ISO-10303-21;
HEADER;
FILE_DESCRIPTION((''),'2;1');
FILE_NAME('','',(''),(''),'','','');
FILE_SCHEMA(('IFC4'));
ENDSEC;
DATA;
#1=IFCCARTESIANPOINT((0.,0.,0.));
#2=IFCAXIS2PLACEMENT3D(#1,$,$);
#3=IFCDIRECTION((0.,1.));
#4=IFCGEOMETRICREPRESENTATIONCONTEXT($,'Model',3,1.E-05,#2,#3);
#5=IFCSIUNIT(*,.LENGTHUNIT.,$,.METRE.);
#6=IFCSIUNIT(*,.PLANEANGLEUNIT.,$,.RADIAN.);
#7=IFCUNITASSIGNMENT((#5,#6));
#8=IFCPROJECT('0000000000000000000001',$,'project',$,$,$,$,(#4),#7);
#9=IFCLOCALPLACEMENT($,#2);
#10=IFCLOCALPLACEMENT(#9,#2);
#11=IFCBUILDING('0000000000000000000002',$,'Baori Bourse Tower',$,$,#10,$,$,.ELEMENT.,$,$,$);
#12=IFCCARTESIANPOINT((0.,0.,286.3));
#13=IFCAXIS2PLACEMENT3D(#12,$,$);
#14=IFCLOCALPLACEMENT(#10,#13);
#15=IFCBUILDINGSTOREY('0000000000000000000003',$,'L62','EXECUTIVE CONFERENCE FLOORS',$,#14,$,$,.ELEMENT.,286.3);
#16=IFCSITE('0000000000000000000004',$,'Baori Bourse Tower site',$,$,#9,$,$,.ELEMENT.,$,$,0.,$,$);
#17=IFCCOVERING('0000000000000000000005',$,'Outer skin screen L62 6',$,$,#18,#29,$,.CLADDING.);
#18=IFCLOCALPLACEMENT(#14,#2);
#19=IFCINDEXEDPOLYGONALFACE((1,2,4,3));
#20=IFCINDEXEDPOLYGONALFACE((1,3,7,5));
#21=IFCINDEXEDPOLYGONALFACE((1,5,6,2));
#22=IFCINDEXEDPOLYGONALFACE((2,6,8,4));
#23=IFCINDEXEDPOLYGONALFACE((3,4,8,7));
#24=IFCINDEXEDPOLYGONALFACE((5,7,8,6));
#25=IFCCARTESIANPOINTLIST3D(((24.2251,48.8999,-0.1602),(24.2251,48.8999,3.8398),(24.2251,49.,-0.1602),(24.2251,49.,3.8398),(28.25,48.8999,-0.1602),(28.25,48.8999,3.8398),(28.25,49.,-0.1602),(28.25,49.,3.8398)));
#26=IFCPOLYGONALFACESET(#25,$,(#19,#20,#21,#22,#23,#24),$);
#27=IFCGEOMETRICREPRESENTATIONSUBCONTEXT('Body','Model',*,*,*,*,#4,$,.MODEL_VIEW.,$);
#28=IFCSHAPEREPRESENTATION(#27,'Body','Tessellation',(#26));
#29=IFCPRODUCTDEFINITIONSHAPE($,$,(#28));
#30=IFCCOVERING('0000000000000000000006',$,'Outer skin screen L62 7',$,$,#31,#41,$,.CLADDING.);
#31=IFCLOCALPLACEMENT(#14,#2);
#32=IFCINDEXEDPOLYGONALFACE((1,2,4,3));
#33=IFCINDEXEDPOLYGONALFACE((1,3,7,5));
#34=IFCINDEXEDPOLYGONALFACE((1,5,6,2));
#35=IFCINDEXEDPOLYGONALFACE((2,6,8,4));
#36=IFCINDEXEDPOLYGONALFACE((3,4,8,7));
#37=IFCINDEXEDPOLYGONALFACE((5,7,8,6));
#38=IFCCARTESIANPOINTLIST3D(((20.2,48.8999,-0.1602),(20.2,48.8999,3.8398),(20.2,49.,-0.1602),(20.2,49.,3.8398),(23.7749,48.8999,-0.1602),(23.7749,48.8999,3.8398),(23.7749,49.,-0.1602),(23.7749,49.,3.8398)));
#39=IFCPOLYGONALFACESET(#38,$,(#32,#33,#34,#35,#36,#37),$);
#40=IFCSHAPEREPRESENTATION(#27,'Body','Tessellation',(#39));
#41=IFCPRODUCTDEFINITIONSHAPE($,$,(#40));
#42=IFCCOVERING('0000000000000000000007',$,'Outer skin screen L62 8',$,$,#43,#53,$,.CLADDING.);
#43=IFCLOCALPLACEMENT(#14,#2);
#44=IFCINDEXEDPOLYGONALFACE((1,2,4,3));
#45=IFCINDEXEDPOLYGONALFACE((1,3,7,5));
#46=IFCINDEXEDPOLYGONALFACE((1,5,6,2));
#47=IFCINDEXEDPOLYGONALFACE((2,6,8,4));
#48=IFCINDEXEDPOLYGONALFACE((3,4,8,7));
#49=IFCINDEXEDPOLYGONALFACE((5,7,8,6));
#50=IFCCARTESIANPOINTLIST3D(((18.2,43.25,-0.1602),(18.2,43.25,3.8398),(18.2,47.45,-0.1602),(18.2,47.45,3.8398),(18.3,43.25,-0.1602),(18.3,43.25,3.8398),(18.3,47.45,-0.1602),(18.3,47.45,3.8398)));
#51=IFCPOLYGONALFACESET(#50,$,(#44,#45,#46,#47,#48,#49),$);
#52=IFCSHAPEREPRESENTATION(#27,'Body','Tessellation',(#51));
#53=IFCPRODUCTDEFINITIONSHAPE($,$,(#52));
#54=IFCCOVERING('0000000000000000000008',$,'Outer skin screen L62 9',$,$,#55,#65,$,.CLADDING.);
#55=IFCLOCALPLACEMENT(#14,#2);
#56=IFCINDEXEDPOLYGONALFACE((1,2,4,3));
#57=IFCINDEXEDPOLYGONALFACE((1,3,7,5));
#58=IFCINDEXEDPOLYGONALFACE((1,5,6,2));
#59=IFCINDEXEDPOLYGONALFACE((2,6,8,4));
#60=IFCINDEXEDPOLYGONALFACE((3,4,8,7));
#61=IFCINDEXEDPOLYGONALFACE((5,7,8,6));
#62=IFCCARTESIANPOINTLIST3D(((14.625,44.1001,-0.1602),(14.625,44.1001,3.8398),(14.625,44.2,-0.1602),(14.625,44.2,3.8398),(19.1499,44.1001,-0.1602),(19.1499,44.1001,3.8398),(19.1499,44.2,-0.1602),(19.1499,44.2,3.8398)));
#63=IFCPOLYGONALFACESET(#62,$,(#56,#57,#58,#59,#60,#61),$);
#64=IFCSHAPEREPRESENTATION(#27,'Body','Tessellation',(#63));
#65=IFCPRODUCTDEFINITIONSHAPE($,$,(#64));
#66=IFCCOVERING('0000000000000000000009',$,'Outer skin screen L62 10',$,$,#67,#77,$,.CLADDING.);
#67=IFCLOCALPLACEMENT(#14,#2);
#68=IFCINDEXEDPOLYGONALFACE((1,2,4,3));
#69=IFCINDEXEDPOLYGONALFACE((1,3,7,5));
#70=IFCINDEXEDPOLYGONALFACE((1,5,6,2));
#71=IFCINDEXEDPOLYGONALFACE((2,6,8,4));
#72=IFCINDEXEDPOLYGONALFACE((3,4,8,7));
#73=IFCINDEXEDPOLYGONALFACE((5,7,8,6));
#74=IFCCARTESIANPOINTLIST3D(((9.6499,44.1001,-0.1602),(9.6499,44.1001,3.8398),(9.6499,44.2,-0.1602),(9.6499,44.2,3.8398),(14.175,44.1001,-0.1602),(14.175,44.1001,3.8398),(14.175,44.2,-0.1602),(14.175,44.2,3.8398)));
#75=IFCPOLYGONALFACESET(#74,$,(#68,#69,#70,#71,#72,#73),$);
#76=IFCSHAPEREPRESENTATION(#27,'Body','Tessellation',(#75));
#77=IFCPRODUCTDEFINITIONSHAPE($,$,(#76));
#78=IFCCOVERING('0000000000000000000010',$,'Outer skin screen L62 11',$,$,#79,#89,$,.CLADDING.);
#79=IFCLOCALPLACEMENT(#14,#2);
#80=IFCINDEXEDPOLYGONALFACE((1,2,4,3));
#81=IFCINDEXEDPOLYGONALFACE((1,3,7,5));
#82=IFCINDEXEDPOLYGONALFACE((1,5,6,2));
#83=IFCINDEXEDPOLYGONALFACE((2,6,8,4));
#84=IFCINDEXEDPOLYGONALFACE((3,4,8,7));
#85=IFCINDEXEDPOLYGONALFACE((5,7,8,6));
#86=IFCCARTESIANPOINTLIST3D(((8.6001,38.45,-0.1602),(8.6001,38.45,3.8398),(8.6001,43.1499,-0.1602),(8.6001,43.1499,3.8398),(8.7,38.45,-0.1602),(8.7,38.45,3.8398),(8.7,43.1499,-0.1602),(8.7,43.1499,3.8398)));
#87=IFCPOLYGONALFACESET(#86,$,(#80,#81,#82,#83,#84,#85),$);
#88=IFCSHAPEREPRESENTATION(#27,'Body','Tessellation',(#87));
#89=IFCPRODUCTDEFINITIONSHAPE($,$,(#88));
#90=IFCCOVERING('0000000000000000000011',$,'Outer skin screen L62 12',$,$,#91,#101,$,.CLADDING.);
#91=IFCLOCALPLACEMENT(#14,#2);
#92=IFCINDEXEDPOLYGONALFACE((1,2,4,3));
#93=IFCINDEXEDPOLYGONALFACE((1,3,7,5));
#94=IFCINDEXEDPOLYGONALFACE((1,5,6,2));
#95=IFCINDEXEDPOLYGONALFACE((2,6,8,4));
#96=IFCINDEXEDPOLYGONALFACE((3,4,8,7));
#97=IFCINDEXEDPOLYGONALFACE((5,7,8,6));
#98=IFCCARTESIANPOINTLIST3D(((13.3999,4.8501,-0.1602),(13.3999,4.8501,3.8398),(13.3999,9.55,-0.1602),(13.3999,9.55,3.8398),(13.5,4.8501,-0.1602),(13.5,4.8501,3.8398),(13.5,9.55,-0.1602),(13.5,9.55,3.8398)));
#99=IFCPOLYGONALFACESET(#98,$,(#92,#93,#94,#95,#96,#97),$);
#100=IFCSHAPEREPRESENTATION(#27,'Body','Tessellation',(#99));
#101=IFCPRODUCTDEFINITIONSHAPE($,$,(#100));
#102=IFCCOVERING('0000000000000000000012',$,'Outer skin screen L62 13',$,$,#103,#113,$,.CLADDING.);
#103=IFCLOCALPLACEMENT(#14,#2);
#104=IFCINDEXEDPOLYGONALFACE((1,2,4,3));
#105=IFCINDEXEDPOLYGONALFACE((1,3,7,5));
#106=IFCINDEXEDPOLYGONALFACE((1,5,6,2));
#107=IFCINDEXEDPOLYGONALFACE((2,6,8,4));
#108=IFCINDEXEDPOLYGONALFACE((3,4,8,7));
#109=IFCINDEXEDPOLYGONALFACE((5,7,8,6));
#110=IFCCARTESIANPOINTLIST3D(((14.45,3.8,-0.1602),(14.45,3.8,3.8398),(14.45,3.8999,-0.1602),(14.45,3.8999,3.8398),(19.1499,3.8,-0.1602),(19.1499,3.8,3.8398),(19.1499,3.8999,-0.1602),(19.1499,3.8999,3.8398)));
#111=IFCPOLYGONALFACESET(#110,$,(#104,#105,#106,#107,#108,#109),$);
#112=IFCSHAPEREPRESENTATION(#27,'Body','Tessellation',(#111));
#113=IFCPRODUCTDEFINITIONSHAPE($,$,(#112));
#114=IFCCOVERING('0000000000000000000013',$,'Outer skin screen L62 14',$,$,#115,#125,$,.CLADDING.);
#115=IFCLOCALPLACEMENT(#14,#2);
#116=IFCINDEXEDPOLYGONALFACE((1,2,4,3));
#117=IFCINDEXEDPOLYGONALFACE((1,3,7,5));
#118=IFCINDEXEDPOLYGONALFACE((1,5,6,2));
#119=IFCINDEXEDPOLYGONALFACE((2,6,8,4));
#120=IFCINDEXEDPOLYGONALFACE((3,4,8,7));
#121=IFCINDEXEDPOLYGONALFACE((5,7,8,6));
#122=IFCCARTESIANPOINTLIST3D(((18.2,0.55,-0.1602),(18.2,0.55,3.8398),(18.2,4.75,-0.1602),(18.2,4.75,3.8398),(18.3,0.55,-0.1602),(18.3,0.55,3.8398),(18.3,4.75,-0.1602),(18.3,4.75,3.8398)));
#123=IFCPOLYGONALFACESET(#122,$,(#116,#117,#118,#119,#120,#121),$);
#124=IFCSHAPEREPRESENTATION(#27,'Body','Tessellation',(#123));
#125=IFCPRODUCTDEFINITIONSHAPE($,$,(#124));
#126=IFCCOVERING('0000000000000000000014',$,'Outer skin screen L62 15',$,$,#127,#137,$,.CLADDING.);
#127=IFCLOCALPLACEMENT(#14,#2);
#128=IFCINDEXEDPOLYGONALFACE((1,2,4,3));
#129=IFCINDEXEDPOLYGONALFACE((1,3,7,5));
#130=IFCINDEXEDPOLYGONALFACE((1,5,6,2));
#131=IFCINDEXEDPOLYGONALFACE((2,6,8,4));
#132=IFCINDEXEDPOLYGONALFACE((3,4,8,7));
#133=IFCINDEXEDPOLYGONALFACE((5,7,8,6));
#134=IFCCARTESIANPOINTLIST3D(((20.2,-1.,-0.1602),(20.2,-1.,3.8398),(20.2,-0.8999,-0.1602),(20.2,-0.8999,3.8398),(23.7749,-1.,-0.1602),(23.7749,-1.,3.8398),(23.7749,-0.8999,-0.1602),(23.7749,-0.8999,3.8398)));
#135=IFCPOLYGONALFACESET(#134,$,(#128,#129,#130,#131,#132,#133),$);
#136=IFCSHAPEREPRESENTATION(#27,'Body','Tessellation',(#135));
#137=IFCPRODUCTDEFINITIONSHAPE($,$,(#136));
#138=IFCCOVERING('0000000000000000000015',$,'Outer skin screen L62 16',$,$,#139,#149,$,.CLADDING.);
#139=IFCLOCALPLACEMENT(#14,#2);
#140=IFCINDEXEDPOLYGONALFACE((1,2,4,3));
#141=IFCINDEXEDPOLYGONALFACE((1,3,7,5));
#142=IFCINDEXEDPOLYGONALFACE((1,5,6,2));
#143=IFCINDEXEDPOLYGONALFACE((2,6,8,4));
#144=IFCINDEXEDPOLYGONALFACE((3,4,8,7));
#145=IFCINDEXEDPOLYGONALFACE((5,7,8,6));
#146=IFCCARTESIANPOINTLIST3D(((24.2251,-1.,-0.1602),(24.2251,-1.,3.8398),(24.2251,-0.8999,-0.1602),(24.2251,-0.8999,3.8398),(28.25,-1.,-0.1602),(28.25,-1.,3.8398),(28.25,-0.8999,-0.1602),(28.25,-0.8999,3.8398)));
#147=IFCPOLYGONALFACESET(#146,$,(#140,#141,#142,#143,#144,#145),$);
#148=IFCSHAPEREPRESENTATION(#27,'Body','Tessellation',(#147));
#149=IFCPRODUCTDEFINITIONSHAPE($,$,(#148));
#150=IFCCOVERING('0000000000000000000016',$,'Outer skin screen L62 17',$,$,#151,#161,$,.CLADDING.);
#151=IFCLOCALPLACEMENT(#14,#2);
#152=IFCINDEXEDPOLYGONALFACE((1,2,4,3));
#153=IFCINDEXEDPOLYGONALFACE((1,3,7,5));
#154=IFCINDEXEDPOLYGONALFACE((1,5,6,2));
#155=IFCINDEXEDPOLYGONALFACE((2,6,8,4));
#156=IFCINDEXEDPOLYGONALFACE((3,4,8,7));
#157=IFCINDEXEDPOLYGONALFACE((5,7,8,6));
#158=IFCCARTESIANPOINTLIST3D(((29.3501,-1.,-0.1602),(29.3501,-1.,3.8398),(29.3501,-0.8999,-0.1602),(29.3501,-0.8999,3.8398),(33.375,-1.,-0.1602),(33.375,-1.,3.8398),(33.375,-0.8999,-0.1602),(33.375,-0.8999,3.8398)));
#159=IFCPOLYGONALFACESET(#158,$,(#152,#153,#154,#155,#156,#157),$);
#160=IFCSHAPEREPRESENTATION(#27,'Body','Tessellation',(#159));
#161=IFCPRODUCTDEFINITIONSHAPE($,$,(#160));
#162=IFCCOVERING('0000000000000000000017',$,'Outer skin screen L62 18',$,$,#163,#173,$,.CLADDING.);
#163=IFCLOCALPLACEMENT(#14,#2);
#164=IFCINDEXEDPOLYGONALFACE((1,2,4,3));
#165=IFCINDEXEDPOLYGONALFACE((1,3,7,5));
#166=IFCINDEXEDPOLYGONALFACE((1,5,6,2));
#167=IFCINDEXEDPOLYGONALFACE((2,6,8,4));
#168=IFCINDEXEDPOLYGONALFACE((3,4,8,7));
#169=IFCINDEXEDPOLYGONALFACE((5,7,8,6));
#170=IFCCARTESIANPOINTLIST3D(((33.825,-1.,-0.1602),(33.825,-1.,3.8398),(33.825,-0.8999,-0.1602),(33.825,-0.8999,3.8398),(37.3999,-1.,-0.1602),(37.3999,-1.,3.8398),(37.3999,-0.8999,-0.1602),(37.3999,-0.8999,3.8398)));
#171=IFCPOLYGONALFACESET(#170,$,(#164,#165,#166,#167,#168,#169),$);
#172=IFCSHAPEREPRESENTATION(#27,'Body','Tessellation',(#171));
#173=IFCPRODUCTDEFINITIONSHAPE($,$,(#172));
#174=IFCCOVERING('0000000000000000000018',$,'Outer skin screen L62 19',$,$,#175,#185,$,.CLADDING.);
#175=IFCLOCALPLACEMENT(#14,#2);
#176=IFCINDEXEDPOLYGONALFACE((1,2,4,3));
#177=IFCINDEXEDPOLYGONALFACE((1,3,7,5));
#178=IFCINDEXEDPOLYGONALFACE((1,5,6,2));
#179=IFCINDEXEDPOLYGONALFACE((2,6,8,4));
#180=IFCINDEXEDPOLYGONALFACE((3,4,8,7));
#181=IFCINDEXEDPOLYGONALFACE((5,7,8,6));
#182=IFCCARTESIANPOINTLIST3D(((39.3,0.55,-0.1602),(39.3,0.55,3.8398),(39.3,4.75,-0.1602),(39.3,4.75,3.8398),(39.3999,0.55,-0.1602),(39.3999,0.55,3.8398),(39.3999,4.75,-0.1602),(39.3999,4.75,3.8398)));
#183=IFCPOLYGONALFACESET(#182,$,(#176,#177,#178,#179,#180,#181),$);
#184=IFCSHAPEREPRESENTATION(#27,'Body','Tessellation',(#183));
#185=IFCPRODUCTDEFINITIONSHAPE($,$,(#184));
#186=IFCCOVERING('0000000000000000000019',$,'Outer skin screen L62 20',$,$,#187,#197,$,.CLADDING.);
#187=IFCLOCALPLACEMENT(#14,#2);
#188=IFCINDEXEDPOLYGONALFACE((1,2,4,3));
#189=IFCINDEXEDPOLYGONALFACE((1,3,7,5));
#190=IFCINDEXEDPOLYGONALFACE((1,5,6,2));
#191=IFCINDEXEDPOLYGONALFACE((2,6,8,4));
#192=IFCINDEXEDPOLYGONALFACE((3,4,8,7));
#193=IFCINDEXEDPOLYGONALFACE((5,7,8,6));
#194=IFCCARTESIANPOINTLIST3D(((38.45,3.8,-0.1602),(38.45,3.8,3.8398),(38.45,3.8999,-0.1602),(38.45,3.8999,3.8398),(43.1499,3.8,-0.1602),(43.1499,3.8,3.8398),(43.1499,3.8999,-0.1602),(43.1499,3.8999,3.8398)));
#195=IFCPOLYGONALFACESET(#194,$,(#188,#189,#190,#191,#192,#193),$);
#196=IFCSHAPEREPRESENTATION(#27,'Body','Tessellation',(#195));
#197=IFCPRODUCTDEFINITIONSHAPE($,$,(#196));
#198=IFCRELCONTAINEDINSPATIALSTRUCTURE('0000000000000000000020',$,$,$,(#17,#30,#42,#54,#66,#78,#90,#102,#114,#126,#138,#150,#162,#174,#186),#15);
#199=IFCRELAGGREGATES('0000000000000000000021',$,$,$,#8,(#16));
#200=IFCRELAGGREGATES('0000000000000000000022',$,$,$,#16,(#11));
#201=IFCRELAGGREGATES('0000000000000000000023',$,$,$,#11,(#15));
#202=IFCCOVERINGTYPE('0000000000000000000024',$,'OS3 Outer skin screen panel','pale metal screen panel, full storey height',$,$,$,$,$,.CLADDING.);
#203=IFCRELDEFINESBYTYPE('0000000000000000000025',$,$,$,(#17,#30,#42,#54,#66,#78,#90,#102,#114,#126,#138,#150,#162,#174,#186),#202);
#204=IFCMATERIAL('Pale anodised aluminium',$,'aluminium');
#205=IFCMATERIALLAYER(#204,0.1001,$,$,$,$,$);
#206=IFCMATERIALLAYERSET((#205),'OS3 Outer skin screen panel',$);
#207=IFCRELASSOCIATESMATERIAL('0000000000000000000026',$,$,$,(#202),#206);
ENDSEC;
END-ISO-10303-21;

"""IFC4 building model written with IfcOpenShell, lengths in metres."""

from ifc_helpers import new_model, si_unit, direction, frame, origin, place, context, subcontext, project, spatial, polyline, outline, extrude, material, layer, layer_set, type_object, element, save


model = new_model("IFC4")

# Units and contexts
model_context = context("Model", 3, precision=1e-05, world=origin(), true_north=direction((0.0, 1.0)))
body_context = subcontext(model_context, "Body", "Model", "MODEL_VIEW")
ifc_project = project(units=[si_unit("LENGTHUNIT", "METRE"), si_unit("PLANEANGLEUNIT", "RADIAN")], contexts=[model_context])

# Site, building, storey
site_placement = place(None, origin())
site = spatial("IfcSite", under=ifc_project, at=site_placement, Name="Baori Bourse Tower site", CompositionType="ELEMENT", RefElevation=0.0)
building_placement = place(site_placement, origin())
building = spatial("IfcBuilding", under=site, at=building_placement, Name="Baori Bourse Tower", CompositionType="ELEMENT")
storey_placement = place(building_placement, frame((0.0, 0.0, 286.3)))
storey = spatial("IfcBuildingStorey", under=building, at=storey_placement, Name="L62", Description="EXECUTIVE CONFERENCE FLOORS", CompositionType="ELEMENT", Elevation=286.3)

# Coverings
ifc_material_1 = material(Name="Pale anodised aluminium", Category="aluminium")
ifc_layer_1 = layer(ifc_material_1, 0.1001)
ifc_layer_set_1 = layer_set([ifc_layer_1], Name="OS3 Outer skin screen panel")
covering_type = type_object("IfcCoveringType", Name="OS3 Outer skin screen panel", Description="pale metal screen panel, full storey height", PredefinedType="CLADDING", material=ifc_layer_set_1)
covering_1_placement = place(storey_placement, frame((0.0, 0.0, -0.1602)))
element("IfcCovering", 1, at=covering_1_placement, inside=storey, type_object=covering_type, Name="Outer skin screen L62 6", PredefinedType="CLADDING", context=body_context, shape_type="SweptSolid", body=[
    extrude(outline(polyline([(24.2251, 48.8999), (28.25, 48.8999), (28.25, 49.0), (24.2251, 49.0), (24.2251, 48.8999)])), origin(), (0.0, 0.0, 1.0), 4.0),
])
covering_2_placement = place(storey_placement, frame((0.0, 0.0, -0.1602)))
element("IfcCovering", 2, at=covering_2_placement, inside=storey, type_object=covering_type, Name="Outer skin screen L62 7", PredefinedType="CLADDING", context=body_context, shape_type="SweptSolid", body=[
    extrude(outline(polyline([(20.2, 48.8999), (23.7749, 48.8999), (23.7749, 49.0), (20.2, 49.0), (20.2, 48.8999)])), origin(), (0.0, 0.0, 1.0), 4.0),
])
covering_3_placement = place(storey_placement, frame((0.0, 0.0, -0.1602)))
element("IfcCovering", 3, at=covering_3_placement, inside=storey, type_object=covering_type, Name="Outer skin screen L62 8", PredefinedType="CLADDING", context=body_context, shape_type="SweptSolid", body=[
    extrude(outline(polyline([(18.3, 43.25), (18.3, 47.45), (18.2, 47.45), (18.2, 43.25), (18.3, 43.25)])), origin(), (0.0, 0.0, 1.0), 4.0),
])
covering_4_placement = place(storey_placement, frame((0.0, 0.0, -0.1602)))
element("IfcCovering", 4, at=covering_4_placement, inside=storey, type_object=covering_type, Name="Outer skin screen L62 9", PredefinedType="CLADDING", context=body_context, shape_type="SweptSolid", body=[
    extrude(outline(polyline([(14.625, 44.1001), (19.1499, 44.1001), (19.1499, 44.2), (14.625, 44.2), (14.625, 44.1001)])), origin(), (0.0, 0.0, 1.0), 4.0),
])
covering_5_placement = place(storey_placement, frame((0.0, 0.0, -0.1602)))
element("IfcCovering", 5, at=covering_5_placement, inside=storey, type_object=covering_type, Name="Outer skin screen L62 10", PredefinedType="CLADDING", context=body_context, shape_type="SweptSolid", body=[
    extrude(outline(polyline([(9.6499, 44.1001), (14.175, 44.1001), (14.175, 44.2), (9.6499, 44.2), (9.6499, 44.1001)])), origin(), (0.0, 0.0, 1.0), 4.0),
])
covering_6_placement = place(storey_placement, frame((0.0, 0.0, -0.1602)))
element("IfcCovering", 6, at=covering_6_placement, inside=storey, type_object=covering_type, Name="Outer skin screen L62 11", PredefinedType="CLADDING", context=body_context, shape_type="SweptSolid", body=[
    extrude(outline(polyline([(8.7, 38.45), (8.7, 43.1499), (8.6001, 43.1499), (8.6001, 38.45), (8.7, 38.45)])), origin(), (0.0, 0.0, 1.0), 4.0),
])
covering_7_placement = place(storey_placement, frame((0.0, 0.0, -0.1602)))
element("IfcCovering", 7, at=covering_7_placement, inside=storey, type_object=covering_type, Name="Outer skin screen L62 12", PredefinedType="CLADDING", context=body_context, shape_type="SweptSolid", body=[
    extrude(outline(polyline([(13.5, 4.8501), (13.5, 9.55), (13.3999, 9.55), (13.3999, 4.8501), (13.5, 4.8501)])), origin(), (0.0, 0.0, 1.0), 4.0),
])
covering_8_placement = place(storey_placement, frame((0.0, 0.0, -0.1602)))
element("IfcCovering", 8, at=covering_8_placement, inside=storey, type_object=covering_type, Name="Outer skin screen L62 13", PredefinedType="CLADDING", context=body_context, shape_type="SweptSolid", body=[
    extrude(outline(polyline([(19.1499, 3.8999), (14.45, 3.8999), (14.45, 3.8), (19.1499, 3.8), (19.1499, 3.8999)])), origin(), (0.0, 0.0, 1.0), 4.0),
])
covering_9_placement = place(storey_placement, frame((0.0, 0.0, -0.1602)))
element("IfcCovering", 9, at=covering_9_placement, inside=storey, type_object=covering_type, Name="Outer skin screen L62 14", PredefinedType="CLADDING", context=body_context, shape_type="SweptSolid", body=[
    extrude(outline(polyline([(18.3, 0.55), (18.3, 4.75), (18.2, 4.75), (18.2, 0.55), (18.3, 0.55)])), origin(), (0.0, 0.0, 1.0), 4.0),
])
covering_10_placement = place(storey_placement, frame((0.0, 0.0, -0.1602)))
element("IfcCovering", 10, at=covering_10_placement, inside=storey, type_object=covering_type, Name="Outer skin screen L62 15", PredefinedType="CLADDING", context=body_context, shape_type="SweptSolid", body=[
    extrude(outline(polyline([(23.7749, -0.8999), (20.2, -0.8999), (20.2, -1.0), (23.7749, -1.0), (23.7749, -0.8999)])), origin(), (0.0, 0.0, 1.0), 4.0),
])
covering_11_placement = place(storey_placement, frame((0.0, 0.0, -0.1602)))
element("IfcCovering", 11, at=covering_11_placement, inside=storey, type_object=covering_type, Name="Outer skin screen L62 16", PredefinedType="CLADDING", context=body_context, shape_type="SweptSolid", body=[
    extrude(outline(polyline([(28.25, -0.8999), (24.2251, -0.8999), (24.2251, -1.0), (28.25, -1.0), (28.25, -0.8999)])), origin(), (0.0, 0.0, 1.0), 4.0),
])
covering_12_placement = place(storey_placement, frame((0.0, 0.0, -0.1602)))
element("IfcCovering", 12, at=covering_12_placement, inside=storey, type_object=covering_type, Name="Outer skin screen L62 17", PredefinedType="CLADDING", context=body_context, shape_type="SweptSolid", body=[
    extrude(outline(polyline([(33.375, -0.8999), (29.3501, -0.8999), (29.3501, -1.0), (33.375, -1.0), (33.375, -0.8999)])), origin(), (0.0, 0.0, 1.0), 4.0),
])
covering_13_placement = place(storey_placement, frame((0.0, 0.0, -0.1602)))
element("IfcCovering", 13, at=covering_13_placement, inside=storey, type_object=covering_type, Name="Outer skin screen L62 18", PredefinedType="CLADDING", context=body_context, shape_type="SweptSolid", body=[
    extrude(outline(polyline([(37.3999, -0.8999), (33.825, -0.8999), (33.825, -1.0), (37.3999, -1.0), (37.3999, -0.8999)])), origin(), (0.0, 0.0, 1.0), 4.0),
])
covering_14_placement = place(storey_placement, frame((0.0, 0.0, -0.1602)))
element("IfcCovering", 14, at=covering_14_placement, inside=storey, type_object=covering_type, Name="Outer skin screen L62 19", PredefinedType="CLADDING", context=body_context, shape_type="SweptSolid", body=[
    extrude(outline(polyline([(39.3, 4.75), (39.3, 0.55), (39.3999, 0.55), (39.3999, 4.75), (39.3, 4.75)])), origin(), (0.0, 0.0, 1.0), 4.0),
])
covering_15_placement = place(storey_placement, frame((0.0, 0.0, -0.1602)))
element("IfcCovering", 15, at=covering_15_placement, inside=storey, type_object=covering_type, Name="Outer skin screen L62 20", PredefinedType="CLADDING", context=body_context, shape_type="SweptSolid", body=[
    extrude(outline(polyline([(43.1499, 3.8999), (38.45, 3.8999), (38.45, 3.8), (43.1499, 3.8), (43.1499, 3.8999)])), origin(), (0.0, 0.0, 1.0), 4.0),
])

save(model, "model.ifc")
